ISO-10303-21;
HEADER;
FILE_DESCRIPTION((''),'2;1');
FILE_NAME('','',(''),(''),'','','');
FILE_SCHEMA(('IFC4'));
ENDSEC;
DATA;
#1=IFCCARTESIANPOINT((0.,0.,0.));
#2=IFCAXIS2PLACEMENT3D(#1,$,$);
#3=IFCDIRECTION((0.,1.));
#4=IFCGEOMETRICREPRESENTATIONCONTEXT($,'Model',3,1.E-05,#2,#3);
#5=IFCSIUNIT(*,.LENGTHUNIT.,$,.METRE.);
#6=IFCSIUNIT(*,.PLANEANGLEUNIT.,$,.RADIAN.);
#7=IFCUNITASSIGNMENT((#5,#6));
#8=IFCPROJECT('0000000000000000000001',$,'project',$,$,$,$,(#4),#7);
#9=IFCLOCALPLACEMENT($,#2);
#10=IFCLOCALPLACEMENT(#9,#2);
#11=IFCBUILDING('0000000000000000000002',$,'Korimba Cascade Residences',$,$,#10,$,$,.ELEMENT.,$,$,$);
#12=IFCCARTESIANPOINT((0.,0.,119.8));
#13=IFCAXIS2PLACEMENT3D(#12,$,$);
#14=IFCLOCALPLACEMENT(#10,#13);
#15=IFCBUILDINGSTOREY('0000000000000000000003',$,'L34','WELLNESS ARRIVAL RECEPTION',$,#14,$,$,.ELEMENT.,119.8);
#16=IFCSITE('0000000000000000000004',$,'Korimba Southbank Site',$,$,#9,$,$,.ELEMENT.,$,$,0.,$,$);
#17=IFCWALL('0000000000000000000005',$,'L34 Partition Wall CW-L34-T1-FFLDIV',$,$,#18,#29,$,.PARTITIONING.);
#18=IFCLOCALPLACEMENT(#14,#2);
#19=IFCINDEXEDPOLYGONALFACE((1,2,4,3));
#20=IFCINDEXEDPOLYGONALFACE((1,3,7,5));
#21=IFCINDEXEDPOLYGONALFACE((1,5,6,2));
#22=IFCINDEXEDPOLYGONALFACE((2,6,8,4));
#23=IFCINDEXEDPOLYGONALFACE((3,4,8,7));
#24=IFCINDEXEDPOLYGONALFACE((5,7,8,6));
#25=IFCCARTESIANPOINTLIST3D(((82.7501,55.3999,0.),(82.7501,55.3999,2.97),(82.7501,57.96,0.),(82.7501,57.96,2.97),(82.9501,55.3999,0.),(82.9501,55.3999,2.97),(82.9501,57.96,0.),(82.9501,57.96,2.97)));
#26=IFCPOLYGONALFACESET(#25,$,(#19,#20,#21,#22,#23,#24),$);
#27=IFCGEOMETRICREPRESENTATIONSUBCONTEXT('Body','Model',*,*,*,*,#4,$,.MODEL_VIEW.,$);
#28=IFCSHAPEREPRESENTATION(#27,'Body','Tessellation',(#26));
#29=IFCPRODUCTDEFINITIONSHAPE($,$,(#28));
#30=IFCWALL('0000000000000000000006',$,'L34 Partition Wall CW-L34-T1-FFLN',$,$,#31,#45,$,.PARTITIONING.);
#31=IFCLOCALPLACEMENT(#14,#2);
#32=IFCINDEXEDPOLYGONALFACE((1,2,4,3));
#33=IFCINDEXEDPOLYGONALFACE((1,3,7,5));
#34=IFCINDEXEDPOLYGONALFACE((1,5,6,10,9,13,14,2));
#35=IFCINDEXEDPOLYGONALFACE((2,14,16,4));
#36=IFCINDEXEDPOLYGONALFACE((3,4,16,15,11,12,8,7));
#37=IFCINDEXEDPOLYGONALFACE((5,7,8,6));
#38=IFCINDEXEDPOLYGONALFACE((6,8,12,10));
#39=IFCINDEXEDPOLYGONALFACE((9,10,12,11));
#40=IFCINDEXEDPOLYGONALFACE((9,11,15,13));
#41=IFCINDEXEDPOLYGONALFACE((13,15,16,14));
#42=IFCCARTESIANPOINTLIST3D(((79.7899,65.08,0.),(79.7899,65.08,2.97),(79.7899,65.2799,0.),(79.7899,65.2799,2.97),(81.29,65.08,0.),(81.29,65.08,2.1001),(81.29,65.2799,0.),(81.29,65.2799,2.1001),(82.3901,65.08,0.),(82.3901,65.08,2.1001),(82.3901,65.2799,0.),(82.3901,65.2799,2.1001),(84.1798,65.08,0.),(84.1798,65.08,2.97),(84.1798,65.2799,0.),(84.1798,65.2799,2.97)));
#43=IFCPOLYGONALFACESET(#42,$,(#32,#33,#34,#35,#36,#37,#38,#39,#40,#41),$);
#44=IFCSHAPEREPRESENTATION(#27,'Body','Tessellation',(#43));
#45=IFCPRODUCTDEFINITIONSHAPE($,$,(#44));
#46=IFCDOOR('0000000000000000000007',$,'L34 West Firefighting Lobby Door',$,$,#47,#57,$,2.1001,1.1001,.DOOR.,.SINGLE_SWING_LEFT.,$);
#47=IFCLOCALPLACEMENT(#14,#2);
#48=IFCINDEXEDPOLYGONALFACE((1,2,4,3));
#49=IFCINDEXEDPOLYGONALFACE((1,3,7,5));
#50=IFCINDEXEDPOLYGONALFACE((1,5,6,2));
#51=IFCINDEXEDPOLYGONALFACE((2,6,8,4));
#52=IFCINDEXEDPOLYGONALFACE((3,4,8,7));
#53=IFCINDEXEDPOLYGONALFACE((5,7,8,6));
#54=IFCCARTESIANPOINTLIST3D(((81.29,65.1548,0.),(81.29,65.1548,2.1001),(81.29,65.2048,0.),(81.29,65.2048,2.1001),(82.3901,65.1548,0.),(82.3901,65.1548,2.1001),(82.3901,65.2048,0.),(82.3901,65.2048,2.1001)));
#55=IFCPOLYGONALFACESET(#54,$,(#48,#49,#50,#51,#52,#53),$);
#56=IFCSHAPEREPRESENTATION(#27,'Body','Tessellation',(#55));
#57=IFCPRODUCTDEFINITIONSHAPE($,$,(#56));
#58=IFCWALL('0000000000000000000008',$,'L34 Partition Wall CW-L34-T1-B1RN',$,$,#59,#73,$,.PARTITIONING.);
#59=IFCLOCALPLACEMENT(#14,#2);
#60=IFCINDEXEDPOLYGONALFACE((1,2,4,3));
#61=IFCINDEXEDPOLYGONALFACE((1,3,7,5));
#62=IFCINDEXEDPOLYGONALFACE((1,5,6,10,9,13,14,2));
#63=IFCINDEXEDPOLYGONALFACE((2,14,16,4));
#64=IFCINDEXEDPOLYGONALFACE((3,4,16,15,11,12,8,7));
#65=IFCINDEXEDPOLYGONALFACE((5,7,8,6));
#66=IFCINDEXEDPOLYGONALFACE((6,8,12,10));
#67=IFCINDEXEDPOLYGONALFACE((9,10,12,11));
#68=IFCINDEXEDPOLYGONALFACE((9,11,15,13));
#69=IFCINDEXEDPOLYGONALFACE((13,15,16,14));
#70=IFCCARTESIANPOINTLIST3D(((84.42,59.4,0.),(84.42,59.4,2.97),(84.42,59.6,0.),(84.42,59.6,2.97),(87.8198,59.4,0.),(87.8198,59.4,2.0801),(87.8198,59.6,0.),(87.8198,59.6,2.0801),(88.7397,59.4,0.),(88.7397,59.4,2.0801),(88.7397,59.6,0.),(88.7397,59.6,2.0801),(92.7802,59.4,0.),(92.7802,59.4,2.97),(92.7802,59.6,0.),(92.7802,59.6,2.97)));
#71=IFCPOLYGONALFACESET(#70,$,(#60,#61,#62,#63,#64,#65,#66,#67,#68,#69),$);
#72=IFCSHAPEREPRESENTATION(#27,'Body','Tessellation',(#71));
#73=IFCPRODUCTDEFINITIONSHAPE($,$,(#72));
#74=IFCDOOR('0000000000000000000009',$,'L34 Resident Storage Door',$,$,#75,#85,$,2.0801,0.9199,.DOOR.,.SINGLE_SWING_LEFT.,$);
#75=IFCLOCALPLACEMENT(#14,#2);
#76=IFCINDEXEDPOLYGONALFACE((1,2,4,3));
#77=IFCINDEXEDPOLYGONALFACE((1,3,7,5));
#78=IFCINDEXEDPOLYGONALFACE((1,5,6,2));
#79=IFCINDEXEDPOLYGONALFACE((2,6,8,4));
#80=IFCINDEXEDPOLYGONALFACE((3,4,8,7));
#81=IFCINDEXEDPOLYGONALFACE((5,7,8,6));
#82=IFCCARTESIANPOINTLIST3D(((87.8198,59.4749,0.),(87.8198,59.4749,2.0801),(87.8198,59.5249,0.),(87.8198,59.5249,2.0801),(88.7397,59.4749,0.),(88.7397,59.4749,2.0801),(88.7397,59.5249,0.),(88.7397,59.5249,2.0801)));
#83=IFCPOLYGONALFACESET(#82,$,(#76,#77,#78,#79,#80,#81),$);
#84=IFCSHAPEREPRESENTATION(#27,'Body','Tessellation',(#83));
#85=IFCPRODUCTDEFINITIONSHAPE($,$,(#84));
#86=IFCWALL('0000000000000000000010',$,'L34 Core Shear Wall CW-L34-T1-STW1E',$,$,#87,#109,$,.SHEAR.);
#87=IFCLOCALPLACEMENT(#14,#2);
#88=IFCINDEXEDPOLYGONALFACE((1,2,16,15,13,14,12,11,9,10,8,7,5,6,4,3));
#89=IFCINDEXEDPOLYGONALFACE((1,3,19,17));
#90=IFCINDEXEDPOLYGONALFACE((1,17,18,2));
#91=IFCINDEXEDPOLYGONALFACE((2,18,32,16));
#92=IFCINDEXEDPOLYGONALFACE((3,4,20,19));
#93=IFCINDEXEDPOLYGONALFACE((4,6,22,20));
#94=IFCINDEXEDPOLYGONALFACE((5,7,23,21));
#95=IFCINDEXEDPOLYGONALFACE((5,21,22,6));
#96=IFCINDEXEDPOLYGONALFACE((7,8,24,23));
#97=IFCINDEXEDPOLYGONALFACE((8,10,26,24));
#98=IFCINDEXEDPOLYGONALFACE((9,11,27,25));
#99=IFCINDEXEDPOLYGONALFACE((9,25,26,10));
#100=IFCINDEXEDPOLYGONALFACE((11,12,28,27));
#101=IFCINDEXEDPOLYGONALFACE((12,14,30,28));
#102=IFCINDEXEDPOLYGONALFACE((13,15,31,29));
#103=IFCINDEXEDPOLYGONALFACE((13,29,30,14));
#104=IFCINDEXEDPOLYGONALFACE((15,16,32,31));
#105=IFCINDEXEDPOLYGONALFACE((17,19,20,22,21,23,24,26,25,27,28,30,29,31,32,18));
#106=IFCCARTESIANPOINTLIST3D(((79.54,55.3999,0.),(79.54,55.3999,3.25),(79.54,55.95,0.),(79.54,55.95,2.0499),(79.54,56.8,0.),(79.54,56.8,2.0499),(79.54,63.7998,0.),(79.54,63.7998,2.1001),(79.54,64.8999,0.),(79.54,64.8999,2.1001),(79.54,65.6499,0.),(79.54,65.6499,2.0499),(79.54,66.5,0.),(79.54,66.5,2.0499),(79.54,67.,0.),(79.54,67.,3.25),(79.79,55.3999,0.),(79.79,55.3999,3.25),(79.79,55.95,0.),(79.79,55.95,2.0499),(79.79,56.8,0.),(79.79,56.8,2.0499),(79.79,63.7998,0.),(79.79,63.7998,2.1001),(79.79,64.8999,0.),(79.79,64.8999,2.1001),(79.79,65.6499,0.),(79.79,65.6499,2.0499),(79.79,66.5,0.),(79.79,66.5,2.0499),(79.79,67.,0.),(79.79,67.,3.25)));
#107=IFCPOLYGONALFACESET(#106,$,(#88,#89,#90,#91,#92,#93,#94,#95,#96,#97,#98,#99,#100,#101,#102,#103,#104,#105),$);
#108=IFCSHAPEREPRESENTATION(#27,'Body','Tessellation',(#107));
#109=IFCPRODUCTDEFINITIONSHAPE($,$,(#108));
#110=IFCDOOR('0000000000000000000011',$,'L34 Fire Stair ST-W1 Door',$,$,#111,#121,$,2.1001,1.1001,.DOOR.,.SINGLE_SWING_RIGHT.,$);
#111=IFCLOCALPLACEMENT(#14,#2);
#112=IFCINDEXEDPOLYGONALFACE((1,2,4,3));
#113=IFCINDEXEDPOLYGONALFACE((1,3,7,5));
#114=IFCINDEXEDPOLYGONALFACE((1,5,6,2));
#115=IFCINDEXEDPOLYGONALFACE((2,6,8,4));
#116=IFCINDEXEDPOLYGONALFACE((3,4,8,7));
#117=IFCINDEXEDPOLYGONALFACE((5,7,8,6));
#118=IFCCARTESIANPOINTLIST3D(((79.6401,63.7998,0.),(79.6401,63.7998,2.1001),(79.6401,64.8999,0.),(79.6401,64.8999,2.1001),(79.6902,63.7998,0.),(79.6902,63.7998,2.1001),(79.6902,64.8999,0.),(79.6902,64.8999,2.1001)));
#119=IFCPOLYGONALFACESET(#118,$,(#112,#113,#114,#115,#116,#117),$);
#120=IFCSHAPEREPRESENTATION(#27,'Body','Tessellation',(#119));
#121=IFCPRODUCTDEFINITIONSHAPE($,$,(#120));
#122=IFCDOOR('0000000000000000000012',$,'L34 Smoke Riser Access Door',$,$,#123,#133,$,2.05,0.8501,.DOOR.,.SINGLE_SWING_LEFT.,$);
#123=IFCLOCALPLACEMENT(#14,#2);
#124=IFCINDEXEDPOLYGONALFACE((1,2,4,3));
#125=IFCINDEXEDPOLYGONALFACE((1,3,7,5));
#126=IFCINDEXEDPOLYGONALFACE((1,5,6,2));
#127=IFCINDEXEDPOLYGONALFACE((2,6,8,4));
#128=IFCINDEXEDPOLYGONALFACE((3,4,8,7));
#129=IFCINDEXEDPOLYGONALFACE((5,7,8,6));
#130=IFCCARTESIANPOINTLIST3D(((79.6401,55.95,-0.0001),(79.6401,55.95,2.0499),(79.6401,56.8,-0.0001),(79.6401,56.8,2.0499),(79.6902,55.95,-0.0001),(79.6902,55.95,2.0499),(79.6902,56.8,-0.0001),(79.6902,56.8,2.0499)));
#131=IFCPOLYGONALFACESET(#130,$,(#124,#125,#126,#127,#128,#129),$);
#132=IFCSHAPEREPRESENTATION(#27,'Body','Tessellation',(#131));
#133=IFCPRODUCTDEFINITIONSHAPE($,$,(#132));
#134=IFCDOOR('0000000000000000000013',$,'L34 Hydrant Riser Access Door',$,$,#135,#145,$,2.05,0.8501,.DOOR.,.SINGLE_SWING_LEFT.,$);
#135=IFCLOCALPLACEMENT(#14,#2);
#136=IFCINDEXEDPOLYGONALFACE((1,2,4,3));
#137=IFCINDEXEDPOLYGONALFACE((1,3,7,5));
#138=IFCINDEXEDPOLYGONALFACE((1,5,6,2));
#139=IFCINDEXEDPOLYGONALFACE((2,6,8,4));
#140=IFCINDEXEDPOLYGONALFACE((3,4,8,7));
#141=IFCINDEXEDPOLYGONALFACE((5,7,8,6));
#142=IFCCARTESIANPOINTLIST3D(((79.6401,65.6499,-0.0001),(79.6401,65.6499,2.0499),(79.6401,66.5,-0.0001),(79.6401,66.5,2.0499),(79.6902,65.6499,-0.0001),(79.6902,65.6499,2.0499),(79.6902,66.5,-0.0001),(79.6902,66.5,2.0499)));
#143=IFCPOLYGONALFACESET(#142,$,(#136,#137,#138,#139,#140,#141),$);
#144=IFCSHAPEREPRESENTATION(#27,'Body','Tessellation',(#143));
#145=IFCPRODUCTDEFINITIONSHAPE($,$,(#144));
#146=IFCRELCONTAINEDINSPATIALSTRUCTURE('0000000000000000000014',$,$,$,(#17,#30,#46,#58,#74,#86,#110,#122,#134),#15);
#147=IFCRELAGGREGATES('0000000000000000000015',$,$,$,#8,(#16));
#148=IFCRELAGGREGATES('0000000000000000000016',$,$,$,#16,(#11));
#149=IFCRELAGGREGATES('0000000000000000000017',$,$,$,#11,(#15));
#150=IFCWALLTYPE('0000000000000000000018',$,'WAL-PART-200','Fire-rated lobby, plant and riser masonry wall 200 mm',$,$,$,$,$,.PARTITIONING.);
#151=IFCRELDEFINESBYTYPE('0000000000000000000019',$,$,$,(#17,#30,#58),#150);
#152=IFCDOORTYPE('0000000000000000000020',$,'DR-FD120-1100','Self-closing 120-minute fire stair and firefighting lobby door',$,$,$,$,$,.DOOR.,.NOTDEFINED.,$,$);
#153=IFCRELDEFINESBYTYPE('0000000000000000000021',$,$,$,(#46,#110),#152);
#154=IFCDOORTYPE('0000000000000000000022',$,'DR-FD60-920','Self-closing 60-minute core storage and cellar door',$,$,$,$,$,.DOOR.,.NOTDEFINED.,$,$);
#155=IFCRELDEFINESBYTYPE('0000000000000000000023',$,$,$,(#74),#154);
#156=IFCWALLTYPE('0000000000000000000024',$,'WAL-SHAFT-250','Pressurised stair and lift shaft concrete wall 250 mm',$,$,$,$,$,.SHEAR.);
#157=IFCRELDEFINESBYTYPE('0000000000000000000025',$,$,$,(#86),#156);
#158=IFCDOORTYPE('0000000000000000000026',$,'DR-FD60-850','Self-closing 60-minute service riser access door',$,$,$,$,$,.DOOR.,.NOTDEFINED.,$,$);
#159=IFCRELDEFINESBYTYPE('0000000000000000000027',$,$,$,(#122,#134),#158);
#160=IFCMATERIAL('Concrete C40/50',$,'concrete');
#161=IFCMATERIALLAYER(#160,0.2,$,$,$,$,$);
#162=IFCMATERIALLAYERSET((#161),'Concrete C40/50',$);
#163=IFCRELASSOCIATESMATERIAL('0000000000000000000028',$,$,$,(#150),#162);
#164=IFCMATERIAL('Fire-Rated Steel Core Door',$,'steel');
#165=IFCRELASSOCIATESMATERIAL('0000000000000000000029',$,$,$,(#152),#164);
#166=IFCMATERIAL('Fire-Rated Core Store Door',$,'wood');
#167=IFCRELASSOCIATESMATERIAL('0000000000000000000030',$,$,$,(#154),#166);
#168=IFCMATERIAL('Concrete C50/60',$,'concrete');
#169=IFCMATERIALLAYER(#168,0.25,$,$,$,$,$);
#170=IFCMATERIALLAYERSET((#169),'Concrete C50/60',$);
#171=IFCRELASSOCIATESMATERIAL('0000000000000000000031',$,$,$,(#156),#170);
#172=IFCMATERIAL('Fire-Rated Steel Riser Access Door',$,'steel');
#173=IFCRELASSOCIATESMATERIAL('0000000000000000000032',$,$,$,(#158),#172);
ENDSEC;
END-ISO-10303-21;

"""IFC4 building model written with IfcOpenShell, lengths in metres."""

from ifc_helpers import new_model, si_unit, direction, frame, frame_2d, origin, place, context, subcontext, project, spatial, rectangle, extrude, material, layer, layer_set, type_object, element, fill, save


model = new_model("IFC4")

# Units and contexts
model_context = context("Model", 3, precision=1e-05, world=origin(), true_north=direction((0.0, 1.0)))
body_context = subcontext(model_context, "Body", "Model", "MODEL_VIEW")
ifc_project = project(units=[si_unit("LENGTHUNIT", "METRE"), si_unit("PLANEANGLEUNIT", "RADIAN")], contexts=[model_context])

# Site, building, storey
site_placement = place(None, origin())
site = spatial("IfcSite", under=ifc_project, at=site_placement, Name="Korimba Southbank Site", CompositionType="ELEMENT", RefElevation=0.0)
building_placement = place(site_placement, origin())
building = spatial("IfcBuilding", under=site, at=building_placement, Name="Korimba Cascade Residences", CompositionType="ELEMENT")
storey_placement = place(building_placement, frame((0.0, 0.0, 119.8)))
storey = spatial("IfcBuildingStorey", under=building, at=storey_placement, Name="L34", Description="WELLNESS ARRIVAL RECEPTION", CompositionType="ELEMENT", Elevation=119.8)

# Wall
ifc_material_1 = material(Name="Concrete C40/50", Category="concrete")
ifc_layer_1 = layer(ifc_material_1, 0.2)
ifc_layer_set_1 = layer_set([ifc_layer_1], Name="Concrete C40/50")
wall_type_1 = type_object("IfcWallType", Name="WAL-PART-200", Description="Fire-rated lobby, plant and riser masonry wall 200 mm", PredefinedType="PARTITIONING", material=ifc_layer_set_1)
wall_1_placement = place(storey_placement, frame((82.8501, 55.3999, 0.0), z_axis=(0.0, 0.0, 1.0), x_axis=(0.0, 1.0, 0.0)))
element("IfcWall", 1, at=wall_1_placement, inside=storey, type_object=wall_type_1, Name="L34 Partition Wall CW-L34-T1-FFLDIV", PredefinedType="PARTITIONING", context=body_context, shape_type="SweptSolid", body=[
    extrude(rectangle(XDim=2.5601, YDim=0.2, at=frame_2d((1.28, 0.0))), origin(), (0.0, 0.0, 1.0), 2.97),
])

# Walls, openings, doors
wall_2_placement = place(storey_placement, frame((79.79, 65.1799, 0.0), z_axis=(0.0, 0.0, 1.0), x_axis=(1.0, 0.0, 0.0)))
wall_2 = element("IfcWall", 2, at=wall_2_placement, inside=storey, type_object=wall_type_1, Name="L34 Partition Wall CW-L34-T1-FFLN", PredefinedType="PARTITIONING", context=body_context, shape_type="SweptSolid", body=[
    extrude(rectangle(XDim=4.3899, YDim=0.2, at=frame_2d((2.1948, 0.0))), origin(), (0.0, 0.0, 1.0), 2.97),
])
opening_1_placement = place(wall_2_placement, frame((1.5, 0.0, 0.0)))
opening_1 = element("IfcOpeningElement", 3, at=opening_1_placement, cuts=wall_2, PredefinedType="OPENING", context=body_context, shape_type="SweptSolid", body=[
    extrude(rectangle(XDim=1.1001, YDim=2.1001, at=frame_2d((0.55, 1.05))), frame((0.0, 0.1099, 0.0), z_axis=(0.0, -1.0, 0.0), x_axis=(1.0, 0.0, 0.0)), (0.0, 0.0, 1.0), 0.22),
])
ifc_material_2 = material(Name="Fire-Rated Steel Core Door", Category="steel")
door_type_1 = type_object("IfcDoorType", Name="DR-FD120-1100", Description="Self-closing 120-minute fire stair and firefighting lobby door", OperationType="NOTDEFINED", PredefinedType="DOOR", material=ifc_material_2)
door_1_placement = place(opening_1_placement, origin())
door_1 = element("IfcDoor", 4, at=door_1_placement, inside=storey, type_object=door_type_1, Name="L34 West Firefighting Lobby Door", OperationType="SINGLE_SWING_LEFT", OverallHeight=2.1001, OverallWidth=1.1001, PredefinedType="DOOR", context=body_context, shape_type="SweptSolid", body=[
    extrude(rectangle(XDim=1.1001, YDim=2.1001, at=frame_2d((0.55, 1.05))), frame((0.0, 0.0249, 0.0), z_axis=(0.0, -1.0, 0.0), x_axis=(1.0, 0.0, 0.0)), (0.0, 0.0, 1.0), 0.05),
])
fill(opening_1, door_1)
wall_3_placement = place(storey_placement, frame((84.4199, 59.5, 0.0), z_axis=(0.0, 0.0, 1.0), x_axis=(1.0, 0.0, 0.0)))
wall_3 = element("IfcWall", 5, at=wall_3_placement, inside=storey, type_object=wall_type_1, Name="L34 Partition Wall CW-L34-T1-B1RN", PredefinedType="PARTITIONING", context=body_context, shape_type="SweptSolid", body=[
    extrude(rectangle(XDim=8.3601, YDim=0.2, at=frame_2d((4.1802, 0.0))), origin(), (0.0, 0.0, 1.0), 2.97),
])
opening_2_placement = place(wall_3_placement, frame((3.3999, 0.0, 0.0)))
opening_2 = element("IfcOpeningElement", 6, at=opening_2_placement, cuts=wall_3, PredefinedType="OPENING", context=body_context, shape_type="SweptSolid", body=[
    extrude(rectangle(XDim=0.9199, YDim=2.0801, at=frame_2d((0.46, 1.04))), frame((0.0, 0.1099, 0.0), z_axis=(0.0, -1.0, 0.0), x_axis=(1.0, 0.0, 0.0)), (0.0, 0.0, 1.0), 0.22),
])
ifc_material_3 = material(Name="Fire-Rated Core Store Door", Category="wood")
door_type_2 = type_object("IfcDoorType", Name="DR-FD60-920", Description="Self-closing 60-minute core storage and cellar door", OperationType="NOTDEFINED", PredefinedType="DOOR", material=ifc_material_3)
door_2_placement = place(opening_2_placement, origin())
door_2 = element("IfcDoor", 7, at=door_2_placement, inside=storey, type_object=door_type_2, Name="L34 Resident Storage Door", OperationType="SINGLE_SWING_LEFT", OverallHeight=2.0801, OverallWidth=0.9199, PredefinedType="DOOR", context=body_context, shape_type="SweptSolid", body=[
    extrude(rectangle(XDim=0.9199, YDim=2.0801, at=frame_2d((0.46, 1.04))), frame((0.0, 0.0249, 0.0), z_axis=(0.0, -1.0, 0.0), x_axis=(1.0, 0.0, 0.0)), (0.0, 0.0, 1.0), 0.05),
])
fill(opening_2, door_2)

# Wall, openings, doors
ifc_material_4 = material(Name="Concrete C50/60", Category="concrete")
ifc_layer_2 = layer(ifc_material_4, 0.25)
ifc_layer_set_2 = layer_set([ifc_layer_2], Name="Concrete C50/60")
wall_type_2 = type_object("IfcWallType", Name="WAL-SHAFT-250", Description="Pressurised stair and lift shaft concrete wall 250 mm", PredefinedType="SHEAR", material=ifc_layer_set_2)
wall_4_placement = place(storey_placement, frame((79.665, 55.3999, 0.0), z_axis=(0.0, 0.0, 1.0), x_axis=(0.0, 1.0, 0.0)))
wall_4 = element("IfcWall", 8, at=wall_4_placement, inside=storey, type_object=wall_type_2, Name="L34 Core Shear Wall CW-L34-T1-STW1E", PredefinedType="SHEAR", context=body_context, shape_type="SweptSolid", body=[
    extrude(rectangle(XDim=11.6001, YDim=0.25, at=frame_2d((5.8, 0.0))), origin(), (0.0, 0.0, 1.0), 3.25),
])
opening_3_placement = place(wall_4_placement, frame((0.55, 0.0, 0.0)))
opening_3 = element("IfcOpeningElement", 9, at=opening_3_placement, cuts=wall_4, PredefinedType="OPENING", context=body_context, shape_type="SweptSolid", body=[
    extrude(rectangle(XDim=0.8501, YDim=2.05, at=frame_2d((0.425, 1.0249))), frame((0.0, 0.135, 0.0), z_axis=(0.0, -1.0, 0.0), x_axis=(1.0, 0.0, 0.0)), (0.0, 0.0, 1.0), 0.27),
])
opening_4_placement = place(wall_4_placement, frame((8.3999, 0.0, 0.0)))
opening_4 = element("IfcOpeningElement", 10, at=opening_4_placement, cuts=wall_4, PredefinedType="OPENING", context=body_context, shape_type="SweptSolid", body=[
    extrude(rectangle(XDim=1.1001, YDim=2.1001, at=frame_2d((0.55, 1.05))), frame((0.0, 0.135, 0.0), z_axis=(0.0, -1.0, 0.0), x_axis=(1.0, 0.0, 0.0)), (0.0, 0.0, 1.0), 0.27),
])
opening_5_placement = place(wall_4_placement, frame((10.25, 0.0, 0.0)))
opening_5 = element("IfcOpeningElement", 11, at=opening_5_placement, cuts=wall_4, PredefinedType="OPENING", context=body_context, shape_type="SweptSolid", body=[
    extrude(rectangle(XDim=0.8501, YDim=2.05, at=frame_2d((0.425, 1.0249))), frame((0.0, 0.135, 0.0), z_axis=(0.0, -1.0, 0.0), x_axis=(1.0, 0.0, 0.0)), (0.0, 0.0, 1.0), 0.27),
])
door_3_placement = place(opening_4_placement, origin())
door_3 = element("IfcDoor", 12, at=door_3_placement, inside=storey, type_object=door_type_1, Name="L34 Fire Stair ST-W1 Door", OperationType="SINGLE_SWING_RIGHT", OverallHeight=2.1001, OverallWidth=1.1001, PredefinedType="DOOR", context=body_context, shape_type="SweptSolid", body=[
    extrude(rectangle(XDim=1.1001, YDim=2.1001, at=frame_2d((0.55, 1.05))), frame((0.0, 0.0249, 0.0), z_axis=(0.0, -1.0, 0.0), x_axis=(1.0, 0.0, 0.0)), (0.0, 0.0, 1.0), 0.05),
])
fill(opening_4, door_3)
ifc_material_5 = material(Name="Fire-Rated Steel Riser Access Door", Category="steel")
door_type_3 = type_object("IfcDoorType", Name="DR-FD60-850", Description="Self-closing 60-minute service riser access door", OperationType="NOTDEFINED", PredefinedType="DOOR", material=ifc_material_5)
door_4_placement = place(opening_3_placement, origin())
door_4 = element("IfcDoor", 13, at=door_4_placement, inside=storey, type_object=door_type_3, Name="L34 Smoke Riser Access Door", OperationType="SINGLE_SWING_LEFT", OverallHeight=2.05, OverallWidth=0.8501, PredefinedType="DOOR", context=body_context, shape_type="SweptSolid", body=[
    extrude(rectangle(XDim=0.8501, YDim=2.05, at=frame_2d((0.425, 1.0249))), frame((0.0, 0.0249, 0.0), z_axis=(0.0, -1.0, 0.0), x_axis=(1.0, 0.0, 0.0)), (0.0, 0.0, 1.0), 0.05),
])
fill(opening_3, door_4)
door_5_placement = place(opening_5_placement, origin())
door_5 = element("IfcDoor", 14, at=door_5_placement, inside=storey, type_object=door_type_3, Name="L34 Hydrant Riser Access Door", OperationType="SINGLE_SWING_LEFT", OverallHeight=2.05, OverallWidth=0.8501, PredefinedType="DOOR", context=body_context, shape_type="SweptSolid", body=[
    extrude(rectangle(XDim=0.8501, YDim=2.05, at=frame_2d((0.425, 1.0249))), frame((0.0, 0.0249, 0.0), z_axis=(0.0, -1.0, 0.0), x_axis=(1.0, 0.0, 0.0)), (0.0, 0.0, 1.0), 0.05),
])
fill(opening_5, door_5)

save(model, "model.ifc")
